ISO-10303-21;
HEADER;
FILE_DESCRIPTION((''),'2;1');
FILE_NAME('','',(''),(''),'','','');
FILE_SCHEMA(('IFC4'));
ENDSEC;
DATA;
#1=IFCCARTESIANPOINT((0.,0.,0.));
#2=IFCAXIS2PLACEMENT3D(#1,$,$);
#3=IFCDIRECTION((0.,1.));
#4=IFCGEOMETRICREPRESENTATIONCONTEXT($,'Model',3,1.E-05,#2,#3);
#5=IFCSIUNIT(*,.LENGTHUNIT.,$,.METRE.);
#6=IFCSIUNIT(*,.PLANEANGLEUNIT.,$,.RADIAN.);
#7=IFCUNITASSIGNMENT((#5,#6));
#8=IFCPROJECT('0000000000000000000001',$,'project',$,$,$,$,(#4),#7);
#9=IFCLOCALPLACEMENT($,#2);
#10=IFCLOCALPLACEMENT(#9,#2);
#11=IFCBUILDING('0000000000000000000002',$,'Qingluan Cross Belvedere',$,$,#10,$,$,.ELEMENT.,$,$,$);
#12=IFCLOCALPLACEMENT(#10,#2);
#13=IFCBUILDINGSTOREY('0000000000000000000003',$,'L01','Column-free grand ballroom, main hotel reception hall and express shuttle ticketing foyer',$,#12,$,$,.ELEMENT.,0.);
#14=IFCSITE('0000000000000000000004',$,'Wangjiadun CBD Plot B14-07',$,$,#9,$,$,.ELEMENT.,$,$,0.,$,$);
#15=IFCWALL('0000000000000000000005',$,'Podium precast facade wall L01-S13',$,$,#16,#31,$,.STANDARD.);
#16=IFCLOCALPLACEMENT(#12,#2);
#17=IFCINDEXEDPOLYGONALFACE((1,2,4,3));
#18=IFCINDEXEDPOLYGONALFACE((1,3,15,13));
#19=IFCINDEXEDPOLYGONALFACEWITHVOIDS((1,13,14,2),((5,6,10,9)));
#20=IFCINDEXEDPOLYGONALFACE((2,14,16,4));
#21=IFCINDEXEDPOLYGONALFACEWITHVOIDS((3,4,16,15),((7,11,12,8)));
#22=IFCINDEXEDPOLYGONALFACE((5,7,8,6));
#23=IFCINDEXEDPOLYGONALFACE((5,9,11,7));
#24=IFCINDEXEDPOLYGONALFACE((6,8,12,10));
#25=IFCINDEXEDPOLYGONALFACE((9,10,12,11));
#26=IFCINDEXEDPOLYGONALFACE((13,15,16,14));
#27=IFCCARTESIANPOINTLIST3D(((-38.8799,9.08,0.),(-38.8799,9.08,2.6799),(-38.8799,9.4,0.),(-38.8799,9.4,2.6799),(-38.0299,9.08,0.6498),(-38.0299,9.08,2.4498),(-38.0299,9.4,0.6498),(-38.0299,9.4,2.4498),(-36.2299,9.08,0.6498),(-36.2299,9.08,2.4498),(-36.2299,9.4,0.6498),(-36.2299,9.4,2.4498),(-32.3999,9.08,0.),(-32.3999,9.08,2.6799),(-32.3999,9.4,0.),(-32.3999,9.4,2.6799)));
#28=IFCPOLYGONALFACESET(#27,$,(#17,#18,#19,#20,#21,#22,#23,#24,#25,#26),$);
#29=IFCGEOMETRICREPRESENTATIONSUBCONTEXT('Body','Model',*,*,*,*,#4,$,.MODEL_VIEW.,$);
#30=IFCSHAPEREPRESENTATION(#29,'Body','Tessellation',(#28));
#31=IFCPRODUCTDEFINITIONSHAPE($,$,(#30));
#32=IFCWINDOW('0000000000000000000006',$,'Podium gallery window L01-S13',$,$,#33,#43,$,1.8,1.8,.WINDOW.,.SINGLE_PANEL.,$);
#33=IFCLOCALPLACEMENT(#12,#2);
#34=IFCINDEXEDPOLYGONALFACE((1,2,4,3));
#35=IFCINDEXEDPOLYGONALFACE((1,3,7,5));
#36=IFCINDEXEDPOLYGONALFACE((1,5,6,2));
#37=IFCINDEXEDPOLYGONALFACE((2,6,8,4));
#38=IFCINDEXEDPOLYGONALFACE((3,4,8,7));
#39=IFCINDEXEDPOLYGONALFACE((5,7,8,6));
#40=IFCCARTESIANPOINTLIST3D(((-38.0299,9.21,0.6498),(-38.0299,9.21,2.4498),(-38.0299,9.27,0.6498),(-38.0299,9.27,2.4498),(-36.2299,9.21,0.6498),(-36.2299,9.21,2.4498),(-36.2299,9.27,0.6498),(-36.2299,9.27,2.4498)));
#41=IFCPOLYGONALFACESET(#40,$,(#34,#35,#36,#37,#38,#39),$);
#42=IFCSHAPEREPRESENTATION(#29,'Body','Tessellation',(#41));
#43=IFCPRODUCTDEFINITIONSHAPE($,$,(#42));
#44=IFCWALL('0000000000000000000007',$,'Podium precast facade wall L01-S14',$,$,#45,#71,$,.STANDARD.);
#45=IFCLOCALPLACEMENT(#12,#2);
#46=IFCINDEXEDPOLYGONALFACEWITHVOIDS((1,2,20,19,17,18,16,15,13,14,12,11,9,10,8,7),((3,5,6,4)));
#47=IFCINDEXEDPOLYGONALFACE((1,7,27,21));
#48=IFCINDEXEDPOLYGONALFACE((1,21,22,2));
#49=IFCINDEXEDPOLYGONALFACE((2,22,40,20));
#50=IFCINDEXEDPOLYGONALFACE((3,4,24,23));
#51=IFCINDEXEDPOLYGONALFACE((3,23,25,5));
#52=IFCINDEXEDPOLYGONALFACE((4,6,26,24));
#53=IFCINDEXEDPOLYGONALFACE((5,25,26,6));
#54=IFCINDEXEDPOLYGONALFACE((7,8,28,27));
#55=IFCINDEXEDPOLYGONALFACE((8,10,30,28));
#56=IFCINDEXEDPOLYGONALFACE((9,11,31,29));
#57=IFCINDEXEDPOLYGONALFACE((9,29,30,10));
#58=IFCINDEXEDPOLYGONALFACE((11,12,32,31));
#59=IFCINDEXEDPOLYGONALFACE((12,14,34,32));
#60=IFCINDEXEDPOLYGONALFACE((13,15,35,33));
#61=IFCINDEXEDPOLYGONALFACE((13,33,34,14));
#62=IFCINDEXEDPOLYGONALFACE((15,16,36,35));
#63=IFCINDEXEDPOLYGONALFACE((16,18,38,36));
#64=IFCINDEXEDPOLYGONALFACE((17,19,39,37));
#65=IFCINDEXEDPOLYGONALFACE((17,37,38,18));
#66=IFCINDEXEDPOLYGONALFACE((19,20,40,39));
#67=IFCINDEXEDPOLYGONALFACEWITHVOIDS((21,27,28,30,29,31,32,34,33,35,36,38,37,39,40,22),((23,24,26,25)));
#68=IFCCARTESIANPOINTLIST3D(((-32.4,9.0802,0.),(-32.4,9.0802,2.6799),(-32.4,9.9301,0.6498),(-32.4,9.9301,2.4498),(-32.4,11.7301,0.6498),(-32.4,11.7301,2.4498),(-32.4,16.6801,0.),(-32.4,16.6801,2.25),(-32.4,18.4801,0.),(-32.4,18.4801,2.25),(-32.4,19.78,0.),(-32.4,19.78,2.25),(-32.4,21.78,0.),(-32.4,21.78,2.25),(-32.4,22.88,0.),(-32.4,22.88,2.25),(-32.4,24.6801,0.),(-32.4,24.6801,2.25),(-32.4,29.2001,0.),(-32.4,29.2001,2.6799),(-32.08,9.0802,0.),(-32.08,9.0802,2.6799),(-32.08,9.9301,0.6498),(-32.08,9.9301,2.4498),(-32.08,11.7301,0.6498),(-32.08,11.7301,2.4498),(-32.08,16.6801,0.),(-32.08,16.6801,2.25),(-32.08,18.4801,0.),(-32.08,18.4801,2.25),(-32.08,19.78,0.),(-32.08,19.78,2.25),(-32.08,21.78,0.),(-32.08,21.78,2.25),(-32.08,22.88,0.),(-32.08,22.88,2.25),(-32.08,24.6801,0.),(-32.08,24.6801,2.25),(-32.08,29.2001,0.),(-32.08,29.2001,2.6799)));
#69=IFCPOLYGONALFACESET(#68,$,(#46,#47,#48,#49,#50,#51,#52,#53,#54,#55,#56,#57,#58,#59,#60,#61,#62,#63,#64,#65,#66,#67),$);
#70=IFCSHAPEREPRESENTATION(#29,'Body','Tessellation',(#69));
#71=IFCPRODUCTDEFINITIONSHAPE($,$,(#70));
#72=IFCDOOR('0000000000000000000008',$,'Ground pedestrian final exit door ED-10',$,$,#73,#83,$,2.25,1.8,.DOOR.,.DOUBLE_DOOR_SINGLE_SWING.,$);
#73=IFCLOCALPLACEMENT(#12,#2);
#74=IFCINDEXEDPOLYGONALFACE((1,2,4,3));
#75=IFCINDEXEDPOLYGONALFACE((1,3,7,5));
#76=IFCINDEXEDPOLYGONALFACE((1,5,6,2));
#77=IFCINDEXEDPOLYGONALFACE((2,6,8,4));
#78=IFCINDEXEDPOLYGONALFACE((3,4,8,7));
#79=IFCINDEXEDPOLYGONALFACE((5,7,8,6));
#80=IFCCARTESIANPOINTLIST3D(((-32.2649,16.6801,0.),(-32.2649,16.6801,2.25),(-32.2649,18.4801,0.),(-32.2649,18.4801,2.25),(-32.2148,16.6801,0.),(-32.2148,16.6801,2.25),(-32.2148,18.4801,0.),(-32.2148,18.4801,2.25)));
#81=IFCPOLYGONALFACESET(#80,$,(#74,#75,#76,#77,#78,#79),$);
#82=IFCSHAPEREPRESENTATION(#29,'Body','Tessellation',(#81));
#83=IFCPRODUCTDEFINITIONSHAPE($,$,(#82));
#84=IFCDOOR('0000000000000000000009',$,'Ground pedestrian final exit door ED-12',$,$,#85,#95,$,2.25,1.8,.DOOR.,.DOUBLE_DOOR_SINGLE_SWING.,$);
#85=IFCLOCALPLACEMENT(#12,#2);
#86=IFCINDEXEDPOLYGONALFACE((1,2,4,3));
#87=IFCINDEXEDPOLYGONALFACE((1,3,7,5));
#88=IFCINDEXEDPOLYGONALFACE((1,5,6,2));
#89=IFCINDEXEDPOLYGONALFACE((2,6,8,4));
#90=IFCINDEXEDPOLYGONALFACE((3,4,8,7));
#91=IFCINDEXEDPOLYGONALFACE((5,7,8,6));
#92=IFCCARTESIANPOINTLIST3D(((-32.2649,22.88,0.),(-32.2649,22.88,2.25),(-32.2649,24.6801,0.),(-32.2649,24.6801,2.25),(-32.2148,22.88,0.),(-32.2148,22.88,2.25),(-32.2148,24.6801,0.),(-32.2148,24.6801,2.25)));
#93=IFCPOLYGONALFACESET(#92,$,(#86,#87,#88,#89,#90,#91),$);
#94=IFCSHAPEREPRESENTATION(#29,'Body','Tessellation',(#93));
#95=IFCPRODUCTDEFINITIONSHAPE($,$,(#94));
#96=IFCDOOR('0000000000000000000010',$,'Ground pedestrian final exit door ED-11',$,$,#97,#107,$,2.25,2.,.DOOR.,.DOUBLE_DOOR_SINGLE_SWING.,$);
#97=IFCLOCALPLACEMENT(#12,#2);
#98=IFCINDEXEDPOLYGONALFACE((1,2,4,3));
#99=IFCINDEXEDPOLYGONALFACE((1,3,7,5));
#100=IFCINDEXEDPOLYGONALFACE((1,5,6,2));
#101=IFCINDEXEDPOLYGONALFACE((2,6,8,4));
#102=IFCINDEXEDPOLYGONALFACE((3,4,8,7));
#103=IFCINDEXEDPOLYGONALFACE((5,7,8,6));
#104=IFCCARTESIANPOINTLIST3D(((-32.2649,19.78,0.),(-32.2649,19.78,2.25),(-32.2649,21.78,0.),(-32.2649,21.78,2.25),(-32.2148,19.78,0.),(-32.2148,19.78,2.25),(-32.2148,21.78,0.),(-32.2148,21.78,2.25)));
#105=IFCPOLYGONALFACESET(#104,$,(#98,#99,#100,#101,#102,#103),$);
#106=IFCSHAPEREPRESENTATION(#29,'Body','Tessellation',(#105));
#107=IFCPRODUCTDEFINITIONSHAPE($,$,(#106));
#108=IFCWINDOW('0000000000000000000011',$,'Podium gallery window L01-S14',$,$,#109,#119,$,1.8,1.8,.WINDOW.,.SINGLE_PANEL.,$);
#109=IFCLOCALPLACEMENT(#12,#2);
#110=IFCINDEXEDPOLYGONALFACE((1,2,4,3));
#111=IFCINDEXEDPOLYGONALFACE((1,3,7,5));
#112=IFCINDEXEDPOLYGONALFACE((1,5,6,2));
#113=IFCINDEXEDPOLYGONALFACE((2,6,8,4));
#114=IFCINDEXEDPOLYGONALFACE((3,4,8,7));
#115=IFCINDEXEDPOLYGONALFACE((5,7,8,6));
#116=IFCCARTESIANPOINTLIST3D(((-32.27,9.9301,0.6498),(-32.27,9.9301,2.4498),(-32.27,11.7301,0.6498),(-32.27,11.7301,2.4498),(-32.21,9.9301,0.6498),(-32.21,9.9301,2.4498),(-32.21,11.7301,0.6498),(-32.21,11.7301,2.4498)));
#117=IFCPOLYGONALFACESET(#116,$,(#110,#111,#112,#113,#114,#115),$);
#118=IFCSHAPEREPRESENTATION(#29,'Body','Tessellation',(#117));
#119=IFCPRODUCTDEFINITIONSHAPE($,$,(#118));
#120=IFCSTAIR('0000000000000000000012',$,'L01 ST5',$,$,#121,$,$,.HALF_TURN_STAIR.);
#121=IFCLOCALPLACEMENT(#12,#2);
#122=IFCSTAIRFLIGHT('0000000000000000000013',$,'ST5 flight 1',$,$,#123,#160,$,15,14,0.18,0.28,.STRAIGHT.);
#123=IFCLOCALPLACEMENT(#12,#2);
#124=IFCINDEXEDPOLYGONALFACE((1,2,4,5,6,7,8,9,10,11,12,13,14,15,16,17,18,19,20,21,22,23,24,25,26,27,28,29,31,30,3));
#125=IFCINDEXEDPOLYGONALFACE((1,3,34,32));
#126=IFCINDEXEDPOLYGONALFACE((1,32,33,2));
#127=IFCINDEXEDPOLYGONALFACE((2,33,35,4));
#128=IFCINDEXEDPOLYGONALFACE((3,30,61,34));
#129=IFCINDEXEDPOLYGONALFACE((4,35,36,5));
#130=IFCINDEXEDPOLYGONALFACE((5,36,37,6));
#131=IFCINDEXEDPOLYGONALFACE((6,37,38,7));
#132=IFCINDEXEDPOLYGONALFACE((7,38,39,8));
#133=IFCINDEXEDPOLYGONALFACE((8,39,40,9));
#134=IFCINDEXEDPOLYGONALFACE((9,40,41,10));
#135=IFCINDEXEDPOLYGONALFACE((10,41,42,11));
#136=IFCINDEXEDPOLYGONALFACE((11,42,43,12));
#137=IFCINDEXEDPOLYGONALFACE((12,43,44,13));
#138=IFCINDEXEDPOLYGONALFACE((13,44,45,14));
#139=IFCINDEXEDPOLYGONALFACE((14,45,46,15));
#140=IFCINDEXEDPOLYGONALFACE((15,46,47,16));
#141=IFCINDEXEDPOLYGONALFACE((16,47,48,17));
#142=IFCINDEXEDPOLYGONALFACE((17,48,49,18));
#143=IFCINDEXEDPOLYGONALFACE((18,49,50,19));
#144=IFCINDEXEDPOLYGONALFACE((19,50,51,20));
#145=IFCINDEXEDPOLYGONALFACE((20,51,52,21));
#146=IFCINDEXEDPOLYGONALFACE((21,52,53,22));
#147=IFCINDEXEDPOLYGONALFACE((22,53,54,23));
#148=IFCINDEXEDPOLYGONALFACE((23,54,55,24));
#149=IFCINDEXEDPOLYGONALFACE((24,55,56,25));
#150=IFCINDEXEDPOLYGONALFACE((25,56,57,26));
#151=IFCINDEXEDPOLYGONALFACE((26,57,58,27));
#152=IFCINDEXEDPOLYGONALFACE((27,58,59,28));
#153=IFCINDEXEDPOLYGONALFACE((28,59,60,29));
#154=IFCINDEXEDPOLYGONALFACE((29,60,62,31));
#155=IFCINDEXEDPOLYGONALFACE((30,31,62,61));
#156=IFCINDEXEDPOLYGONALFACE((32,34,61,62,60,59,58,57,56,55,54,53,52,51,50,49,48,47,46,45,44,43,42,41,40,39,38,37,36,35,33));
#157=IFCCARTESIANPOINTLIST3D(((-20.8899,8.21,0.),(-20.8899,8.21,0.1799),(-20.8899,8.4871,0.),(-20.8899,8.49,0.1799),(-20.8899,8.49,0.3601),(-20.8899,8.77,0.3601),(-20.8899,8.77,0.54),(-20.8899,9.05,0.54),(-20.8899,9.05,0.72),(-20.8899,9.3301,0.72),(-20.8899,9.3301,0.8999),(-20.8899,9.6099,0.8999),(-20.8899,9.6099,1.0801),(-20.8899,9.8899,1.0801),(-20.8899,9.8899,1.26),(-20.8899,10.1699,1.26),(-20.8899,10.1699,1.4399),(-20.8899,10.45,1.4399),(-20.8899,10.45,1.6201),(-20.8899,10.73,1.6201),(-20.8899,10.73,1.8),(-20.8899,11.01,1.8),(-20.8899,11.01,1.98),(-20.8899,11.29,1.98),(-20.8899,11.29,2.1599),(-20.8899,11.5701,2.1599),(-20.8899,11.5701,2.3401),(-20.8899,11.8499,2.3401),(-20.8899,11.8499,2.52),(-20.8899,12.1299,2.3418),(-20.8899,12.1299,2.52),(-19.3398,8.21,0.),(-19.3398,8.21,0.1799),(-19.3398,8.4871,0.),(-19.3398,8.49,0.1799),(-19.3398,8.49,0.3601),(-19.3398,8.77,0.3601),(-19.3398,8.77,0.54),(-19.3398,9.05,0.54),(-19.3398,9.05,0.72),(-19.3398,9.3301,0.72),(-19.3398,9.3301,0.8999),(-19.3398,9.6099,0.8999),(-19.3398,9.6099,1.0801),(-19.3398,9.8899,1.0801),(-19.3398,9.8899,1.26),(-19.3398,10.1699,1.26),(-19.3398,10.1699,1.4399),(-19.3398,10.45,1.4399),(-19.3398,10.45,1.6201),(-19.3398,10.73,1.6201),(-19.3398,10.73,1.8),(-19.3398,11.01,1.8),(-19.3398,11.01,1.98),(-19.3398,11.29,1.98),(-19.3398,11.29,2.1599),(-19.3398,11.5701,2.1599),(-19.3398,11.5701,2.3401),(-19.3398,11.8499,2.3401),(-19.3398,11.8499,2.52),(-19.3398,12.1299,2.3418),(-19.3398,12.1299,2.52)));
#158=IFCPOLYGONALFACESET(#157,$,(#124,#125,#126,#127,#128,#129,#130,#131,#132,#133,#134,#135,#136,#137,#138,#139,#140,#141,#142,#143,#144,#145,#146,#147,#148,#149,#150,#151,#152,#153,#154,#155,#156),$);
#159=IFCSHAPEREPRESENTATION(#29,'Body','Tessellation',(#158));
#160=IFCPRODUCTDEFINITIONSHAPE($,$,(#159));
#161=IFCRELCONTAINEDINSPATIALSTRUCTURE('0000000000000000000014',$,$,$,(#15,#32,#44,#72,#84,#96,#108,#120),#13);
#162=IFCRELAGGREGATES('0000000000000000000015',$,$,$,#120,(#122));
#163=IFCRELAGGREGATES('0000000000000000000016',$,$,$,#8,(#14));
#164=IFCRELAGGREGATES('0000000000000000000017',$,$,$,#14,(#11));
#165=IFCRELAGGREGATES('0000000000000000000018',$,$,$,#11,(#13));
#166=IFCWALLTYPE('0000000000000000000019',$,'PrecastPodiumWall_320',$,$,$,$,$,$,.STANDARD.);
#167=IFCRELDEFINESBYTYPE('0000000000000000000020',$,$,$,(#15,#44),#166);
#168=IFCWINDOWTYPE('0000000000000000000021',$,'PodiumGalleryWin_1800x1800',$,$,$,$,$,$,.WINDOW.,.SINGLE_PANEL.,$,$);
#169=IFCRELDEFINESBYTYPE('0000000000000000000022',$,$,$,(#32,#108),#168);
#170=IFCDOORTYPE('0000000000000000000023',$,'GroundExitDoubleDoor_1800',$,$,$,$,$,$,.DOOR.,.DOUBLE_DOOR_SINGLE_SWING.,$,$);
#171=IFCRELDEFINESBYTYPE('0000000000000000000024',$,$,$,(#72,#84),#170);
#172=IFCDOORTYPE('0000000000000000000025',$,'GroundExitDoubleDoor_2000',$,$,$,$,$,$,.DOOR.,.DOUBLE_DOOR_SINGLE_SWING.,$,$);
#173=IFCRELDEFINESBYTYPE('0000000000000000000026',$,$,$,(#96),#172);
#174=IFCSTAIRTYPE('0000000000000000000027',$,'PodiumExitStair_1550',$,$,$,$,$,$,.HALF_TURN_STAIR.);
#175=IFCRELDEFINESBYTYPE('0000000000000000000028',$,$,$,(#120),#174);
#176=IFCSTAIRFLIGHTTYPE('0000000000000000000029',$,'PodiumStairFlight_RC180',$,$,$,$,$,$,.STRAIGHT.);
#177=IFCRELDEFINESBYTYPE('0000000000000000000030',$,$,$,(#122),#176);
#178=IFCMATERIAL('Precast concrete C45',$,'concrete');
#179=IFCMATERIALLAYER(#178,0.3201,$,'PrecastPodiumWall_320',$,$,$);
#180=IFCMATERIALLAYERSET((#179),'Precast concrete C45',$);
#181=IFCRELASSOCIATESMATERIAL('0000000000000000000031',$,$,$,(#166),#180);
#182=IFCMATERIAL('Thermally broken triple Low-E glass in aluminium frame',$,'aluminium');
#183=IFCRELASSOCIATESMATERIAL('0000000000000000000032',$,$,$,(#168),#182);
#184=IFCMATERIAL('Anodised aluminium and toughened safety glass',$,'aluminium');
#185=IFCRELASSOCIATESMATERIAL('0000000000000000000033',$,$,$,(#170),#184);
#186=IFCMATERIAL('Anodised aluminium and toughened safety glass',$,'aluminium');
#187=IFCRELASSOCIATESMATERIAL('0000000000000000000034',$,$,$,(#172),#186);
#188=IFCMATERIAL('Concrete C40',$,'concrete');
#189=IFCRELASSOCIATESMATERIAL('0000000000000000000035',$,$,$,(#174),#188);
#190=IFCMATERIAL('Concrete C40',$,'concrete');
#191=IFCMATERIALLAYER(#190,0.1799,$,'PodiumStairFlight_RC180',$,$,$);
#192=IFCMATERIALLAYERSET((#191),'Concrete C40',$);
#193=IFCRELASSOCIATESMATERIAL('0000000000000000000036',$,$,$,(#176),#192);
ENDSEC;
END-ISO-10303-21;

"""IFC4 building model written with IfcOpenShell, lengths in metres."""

from ifc_helpers import new_model, si_unit, direction, frame, frame_2d, origin, place, context, subcontext, project, spatial, polyline, rectangle, outline, extrude, material, layer, layer_set, type_object, element, fill, aggregate, save


model = new_model("IFC4")

# Units and contexts
model_context = context("Model", 3, precision=1e-05, world=origin(), true_north=direction((0.0, 1.0)))
body_context = subcontext(model_context, "Body", "Model", "MODEL_VIEW")
ifc_project = project(units=[si_unit("LENGTHUNIT", "METRE"), si_unit("PLANEANGLEUNIT", "RADIAN")], contexts=[model_context])

# Site, building, storey
site_placement = place(None, origin())
site = spatial("IfcSite", under=ifc_project, at=site_placement, Name="Wangjiadun CBD Plot B14-07", CompositionType="ELEMENT", RefElevation=0.0)
building_placement = place(site_placement, origin())
building = spatial("IfcBuilding", under=site, at=building_placement, Name="Qingluan Cross Belvedere", CompositionType="ELEMENT")
storey_placement = place(building_placement, origin())
storey = spatial("IfcBuildingStorey", under=building, at=storey_placement, Name="L01", Description="Column-free grand ballroom, main hotel reception hall and express shuttle ticketing foyer", CompositionType="ELEMENT", Elevation=0.0)

# Wall, opening, window
ifc_material_1 = material(Name="Precast concrete C45", Category="concrete")
ifc_layer_1 = layer(ifc_material_1, 0.3201, Name="PrecastPodiumWall_320")
ifc_layer_set_1 = layer_set([ifc_layer_1], Name="Precast concrete C45")
wall_type_1 = type_object("IfcWallType", Name="PrecastPodiumWall_320", PredefinedType="STANDARD", material=ifc_layer_set_1)
wall_1_placement = place(storey_placement, frame((-38.8799, 9.24, 0.0), z_axis=(0.0, 0.0, 1.0), x_axis=(1.0, 0.0, 0.0)))
wall_1 = element("IfcWall", 1, at=wall_1_placement, inside=storey, type_object=wall_type_1, Name="Podium precast facade wall L01-S13", PredefinedType="STANDARD", context=body_context, shape_type="SweptSolid", body=[
    extrude(rectangle(XDim=6.48, YDim=0.3201, at=frame_2d((3.24, 0.0))), origin(), (0.0, 0.0, 1.0), 2.6799),
])
opening_1_placement = place(wall_1_placement, frame((0.8501, 0.0, 0.6499)))
opening_1 = element("IfcOpeningElement", 2, at=opening_1_placement, cuts=wall_1, PredefinedType="OPENING", context=body_context, shape_type="SweptSolid", body=[
    extrude(rectangle(XDim=1.8, YDim=1.8, at=frame_2d((0.8999, 0.8999))), frame((0.0, 0.1699, 0.0), z_axis=(0.0, -1.0, 0.0), x_axis=(1.0, 0.0, 0.0)), (0.0, 0.0, 1.0), 0.3401),
])
ifc_material_2 = material(Name="Thermally broken triple Low-E glass in aluminium frame", Category="aluminium")
window_type = type_object("IfcWindowType", Name="PodiumGalleryWin_1800x1800", PartitioningType="SINGLE_PANEL", PredefinedType="WINDOW", material=ifc_material_2)
window_1_placement = place(opening_1_placement, origin())
window_1 = element("IfcWindow", 3, at=window_1_placement, inside=storey, type_object=window_type, Name="Podium gallery window L01-S13", OverallHeight=1.8, OverallWidth=1.8, PartitioningType="SINGLE_PANEL", PredefinedType="WINDOW", context=body_context, shape_type="SweptSolid", body=[
    extrude(rectangle(XDim=1.8, YDim=1.8, at=frame_2d((0.8999, 0.8999))), frame((0.0, 0.03, 0.0), z_axis=(0.0, -1.0, 0.0), x_axis=(1.0, 0.0, 0.0)), (0.0, 0.0, 1.0), 0.0601),
])
fill(opening_1, window_1)

# Wall, openings, doors, window
wall_2_placement = place(storey_placement, frame((-32.24, 9.0801, 0.0), z_axis=(0.0, 0.0, 1.0), x_axis=(0.0, 1.0, 0.0)))
wall_2 = element("IfcWall", 4, at=wall_2_placement, inside=storey, type_object=wall_type_1, Name="Podium precast facade wall L01-S14", PredefinedType="STANDARD", context=body_context, shape_type="SweptSolid", body=[
    extrude(rectangle(XDim=20.1199, YDim=0.3201, at=frame_2d((10.0601, 0.0))), origin(), (0.0, 0.0, 1.0), 2.6799),
])
opening_2_placement = place(wall_2_placement, frame((7.6001, 0.0, 0.0)))
opening_2 = element("IfcOpeningElement", 5, at=opening_2_placement, cuts=wall_2, PredefinedType="OPENING", context=body_context, shape_type="SweptSolid", body=[
    extrude(rectangle(XDim=1.8, YDim=2.25, at=frame_2d((0.8999, 1.125))), frame((0.0, 0.1699, 0.0), z_axis=(0.0, -1.0, 0.0), x_axis=(1.0, 0.0, 0.0)), (0.0, 0.0, 1.0), 0.3401),
])
opening_3_placement = place(wall_2_placement, frame((10.7, 0.0, 0.0)))
opening_3 = element("IfcOpeningElement", 6, at=opening_3_placement, cuts=wall_2, PredefinedType="OPENING", context=body_context, shape_type="SweptSolid", body=[
    extrude(rectangle(XDim=2.0, YDim=2.25, at=frame_2d((1.0, 1.125))), frame((0.0, 0.1699, 0.0), z_axis=(0.0, -1.0, 0.0), x_axis=(1.0, 0.0, 0.0)), (0.0, 0.0, 1.0), 0.3401),
])
opening_4_placement = place(wall_2_placement, frame((13.8, 0.0, 0.0)))
opening_4 = element("IfcOpeningElement", 7, at=opening_4_placement, cuts=wall_2, PredefinedType="OPENING", context=body_context, shape_type="SweptSolid", body=[
    extrude(rectangle(XDim=1.8, YDim=2.25, at=frame_2d((0.8999, 1.125))), frame((0.0, 0.1699, 0.0), z_axis=(0.0, -1.0, 0.0), x_axis=(1.0, 0.0, 0.0)), (0.0, 0.0, 1.0), 0.3401),
])
opening_5_placement = place(wall_2_placement, frame((0.8501, 0.0, 0.6499)))
opening_5 = element("IfcOpeningElement", 8, at=opening_5_placement, cuts=wall_2, PredefinedType="OPENING", context=body_context, shape_type="SweptSolid", body=[
    extrude(rectangle(XDim=1.8, YDim=1.8, at=frame_2d((0.8999, 0.8999))), frame((0.0, 0.1699, 0.0), z_axis=(0.0, -1.0, 0.0), x_axis=(1.0, 0.0, 0.0)), (0.0, 0.0, 1.0), 0.3401),
])
ifc_material_3 = material(Name="Anodised aluminium and toughened safety glass", Category="aluminium")
door_type_1 = type_object("IfcDoorType", Name="GroundExitDoubleDoor_1800", OperationType="DOUBLE_DOOR_SINGLE_SWING", PredefinedType="DOOR", material=ifc_material_3)
door_1_placement = place(opening_2_placement, origin())
door_1 = element("IfcDoor", 9, at=door_1_placement, inside=storey, type_object=door_type_1, Name="Ground pedestrian final exit door ED-10", OperationType="DOUBLE_DOOR_SINGLE_SWING", OverallHeight=2.25, OverallWidth=1.8, PredefinedType="DOOR", context=body_context, shape_type="SweptSolid", body=[
    extrude(rectangle(XDim=1.8, YDim=2.25, at=frame_2d((0.8999, 1.125))), frame((0.0, 0.0249, 0.0), z_axis=(0.0, -1.0, 0.0), x_axis=(1.0, 0.0, 0.0)), (0.0, 0.0, 1.0), 0.05),
])
fill(opening_2, door_1)
door_2_placement = place(opening_4_placement, origin())
door_2 = element("IfcDoor", 10, at=door_2_placement, inside=storey, type_object=door_type_1, Name="Ground pedestrian final exit door ED-12", OperationType="DOUBLE_DOOR_SINGLE_SWING", OverallHeight=2.25, OverallWidth=1.8, PredefinedType="DOOR", context=body_context, shape_type="SweptSolid", body=[
    extrude(rectangle(XDim=1.8, YDim=2.25, at=frame_2d((0.8999, 1.125))), frame((0.0, 0.0249, 0.0), z_axis=(0.0, -1.0, 0.0), x_axis=(1.0, 0.0, 0.0)), (0.0, 0.0, 1.0), 0.05),
])
fill(opening_4, door_2)
ifc_material_4 = material(Name="Anodised aluminium and toughened safety glass", Category="aluminium")
door_type_2 = type_object("IfcDoorType", Name="GroundExitDoubleDoor_2000", OperationType="DOUBLE_DOOR_SINGLE_SWING", PredefinedType="DOOR", material=ifc_material_4)
door_3_placement = place(opening_3_placement, origin())
door_3 = element("IfcDoor", 11, at=door_3_placement, inside=storey, type_object=door_type_2, Name="Ground pedestrian final exit door ED-11", OperationType="DOUBLE_DOOR_SINGLE_SWING", OverallHeight=2.25, OverallWidth=2.0, PredefinedType="DOOR", context=body_context, shape_type="SweptSolid", body=[
    extrude(rectangle(XDim=2.0, YDim=2.25, at=frame_2d((1.0, 1.125))), frame((0.0, 0.0249, 0.0), z_axis=(0.0, -1.0, 0.0), x_axis=(1.0, 0.0, 0.0)), (0.0, 0.0, 1.0), 0.05),
])
fill(opening_3, door_3)
window_2_placement = place(opening_5_placement, origin())
window_2 = element("IfcWindow", 12, at=window_2_placement, inside=storey, type_object=window_type, Name="Podium gallery window L01-S14", OverallHeight=1.8, OverallWidth=1.8, PartitioningType="SINGLE_PANEL", PredefinedType="WINDOW", context=body_context, shape_type="SweptSolid", body=[
    extrude(rectangle(XDim=1.8, YDim=1.8, at=frame_2d((0.8999, 0.8999))), frame((0.0, 0.03, 0.0), z_axis=(0.0, -1.0, 0.0), x_axis=(1.0, 0.0, 0.0)), (0.0, 0.0, 1.0), 0.0601),
])
fill(opening_5, window_2)

# Stair, stair flight
ifc_material_5 = material(Name="Concrete C40", Category="concrete")
stair_type = type_object("IfcStairType", Name="PodiumExitStair_1550", PredefinedType="HALF_TURN_STAIR", material=ifc_material_5)
stair_placement = place(storey_placement, origin())
stair = element("IfcStair", 13, at=stair_placement, inside=storey, type_object=stair_type, Name="L01 ST5", PredefinedType="HALF_TURN_STAIR")
ifc_material_6 = material(Name="Concrete C40", Category="concrete")
ifc_layer_2 = layer(ifc_material_6, 0.1799, Name="PodiumStairFlight_RC180")
ifc_layer_set_2 = layer_set([ifc_layer_2], Name="Concrete C40")
stair_flight_type = type_object("IfcStairFlightType", Name="PodiumStairFlight_RC180", PredefinedType="STRAIGHT", material=ifc_layer_set_2)
stair_flight_1_placement = place(storey_placement, frame((-20.115, 8.21, 0.0), z_axis=(0.0, 0.0, 1.0), x_axis=(0.0, 1.0, 0.0)))
stair_flight_1 = element("IfcStairFlight", 14, at=stair_flight_1_placement, type_object=stair_flight_type, Name="ST5 flight 1", NumberOfRisers=15, NumberOfTreads=14, PredefinedType="STRAIGHT", RiserHeight=0.18, TreadLength=0.28, context=body_context, shape_type="SweptSolid", body=[
    extrude(outline(polyline([(0.0, 0.0), (0.0, 0.1799), (0.28, 0.1799), (0.28, 0.3601), (0.5601, 0.3601), (0.5601, 0.54), (0.8401, 0.54), (0.8401, 0.72), (1.1201, 0.72), (1.1201, 0.8999), (1.3999, 0.8999), (1.3999, 1.0801), (1.6799, 1.0801), (1.6799, 1.26), (1.96, 1.26), (1.96, 1.4399), (2.24, 1.4399), (2.24, 1.6201), (2.52, 1.6201), (2.52, 1.8), (2.8, 1.8), (2.8, 1.98), (3.0801, 1.98), (3.0801, 2.1599), (3.3601, 2.1599), (3.3601, 2.3401), (3.6399, 2.3401), (3.6399, 2.52), (3.9199, 2.52), (3.9199, 2.7), (3.9199, 2.3418), (0.2771, 0.0), (0.0, 0.0)])), frame((0.0, 0.7749, 0.0), z_axis=(0.0, -1.0, 0.0), x_axis=(1.0, 0.0, 0.0)), (0.0, 0.0, 1.0), 1.55),
])
aggregate(stair, [stair_flight_1])

save(model, "model.ifc")
